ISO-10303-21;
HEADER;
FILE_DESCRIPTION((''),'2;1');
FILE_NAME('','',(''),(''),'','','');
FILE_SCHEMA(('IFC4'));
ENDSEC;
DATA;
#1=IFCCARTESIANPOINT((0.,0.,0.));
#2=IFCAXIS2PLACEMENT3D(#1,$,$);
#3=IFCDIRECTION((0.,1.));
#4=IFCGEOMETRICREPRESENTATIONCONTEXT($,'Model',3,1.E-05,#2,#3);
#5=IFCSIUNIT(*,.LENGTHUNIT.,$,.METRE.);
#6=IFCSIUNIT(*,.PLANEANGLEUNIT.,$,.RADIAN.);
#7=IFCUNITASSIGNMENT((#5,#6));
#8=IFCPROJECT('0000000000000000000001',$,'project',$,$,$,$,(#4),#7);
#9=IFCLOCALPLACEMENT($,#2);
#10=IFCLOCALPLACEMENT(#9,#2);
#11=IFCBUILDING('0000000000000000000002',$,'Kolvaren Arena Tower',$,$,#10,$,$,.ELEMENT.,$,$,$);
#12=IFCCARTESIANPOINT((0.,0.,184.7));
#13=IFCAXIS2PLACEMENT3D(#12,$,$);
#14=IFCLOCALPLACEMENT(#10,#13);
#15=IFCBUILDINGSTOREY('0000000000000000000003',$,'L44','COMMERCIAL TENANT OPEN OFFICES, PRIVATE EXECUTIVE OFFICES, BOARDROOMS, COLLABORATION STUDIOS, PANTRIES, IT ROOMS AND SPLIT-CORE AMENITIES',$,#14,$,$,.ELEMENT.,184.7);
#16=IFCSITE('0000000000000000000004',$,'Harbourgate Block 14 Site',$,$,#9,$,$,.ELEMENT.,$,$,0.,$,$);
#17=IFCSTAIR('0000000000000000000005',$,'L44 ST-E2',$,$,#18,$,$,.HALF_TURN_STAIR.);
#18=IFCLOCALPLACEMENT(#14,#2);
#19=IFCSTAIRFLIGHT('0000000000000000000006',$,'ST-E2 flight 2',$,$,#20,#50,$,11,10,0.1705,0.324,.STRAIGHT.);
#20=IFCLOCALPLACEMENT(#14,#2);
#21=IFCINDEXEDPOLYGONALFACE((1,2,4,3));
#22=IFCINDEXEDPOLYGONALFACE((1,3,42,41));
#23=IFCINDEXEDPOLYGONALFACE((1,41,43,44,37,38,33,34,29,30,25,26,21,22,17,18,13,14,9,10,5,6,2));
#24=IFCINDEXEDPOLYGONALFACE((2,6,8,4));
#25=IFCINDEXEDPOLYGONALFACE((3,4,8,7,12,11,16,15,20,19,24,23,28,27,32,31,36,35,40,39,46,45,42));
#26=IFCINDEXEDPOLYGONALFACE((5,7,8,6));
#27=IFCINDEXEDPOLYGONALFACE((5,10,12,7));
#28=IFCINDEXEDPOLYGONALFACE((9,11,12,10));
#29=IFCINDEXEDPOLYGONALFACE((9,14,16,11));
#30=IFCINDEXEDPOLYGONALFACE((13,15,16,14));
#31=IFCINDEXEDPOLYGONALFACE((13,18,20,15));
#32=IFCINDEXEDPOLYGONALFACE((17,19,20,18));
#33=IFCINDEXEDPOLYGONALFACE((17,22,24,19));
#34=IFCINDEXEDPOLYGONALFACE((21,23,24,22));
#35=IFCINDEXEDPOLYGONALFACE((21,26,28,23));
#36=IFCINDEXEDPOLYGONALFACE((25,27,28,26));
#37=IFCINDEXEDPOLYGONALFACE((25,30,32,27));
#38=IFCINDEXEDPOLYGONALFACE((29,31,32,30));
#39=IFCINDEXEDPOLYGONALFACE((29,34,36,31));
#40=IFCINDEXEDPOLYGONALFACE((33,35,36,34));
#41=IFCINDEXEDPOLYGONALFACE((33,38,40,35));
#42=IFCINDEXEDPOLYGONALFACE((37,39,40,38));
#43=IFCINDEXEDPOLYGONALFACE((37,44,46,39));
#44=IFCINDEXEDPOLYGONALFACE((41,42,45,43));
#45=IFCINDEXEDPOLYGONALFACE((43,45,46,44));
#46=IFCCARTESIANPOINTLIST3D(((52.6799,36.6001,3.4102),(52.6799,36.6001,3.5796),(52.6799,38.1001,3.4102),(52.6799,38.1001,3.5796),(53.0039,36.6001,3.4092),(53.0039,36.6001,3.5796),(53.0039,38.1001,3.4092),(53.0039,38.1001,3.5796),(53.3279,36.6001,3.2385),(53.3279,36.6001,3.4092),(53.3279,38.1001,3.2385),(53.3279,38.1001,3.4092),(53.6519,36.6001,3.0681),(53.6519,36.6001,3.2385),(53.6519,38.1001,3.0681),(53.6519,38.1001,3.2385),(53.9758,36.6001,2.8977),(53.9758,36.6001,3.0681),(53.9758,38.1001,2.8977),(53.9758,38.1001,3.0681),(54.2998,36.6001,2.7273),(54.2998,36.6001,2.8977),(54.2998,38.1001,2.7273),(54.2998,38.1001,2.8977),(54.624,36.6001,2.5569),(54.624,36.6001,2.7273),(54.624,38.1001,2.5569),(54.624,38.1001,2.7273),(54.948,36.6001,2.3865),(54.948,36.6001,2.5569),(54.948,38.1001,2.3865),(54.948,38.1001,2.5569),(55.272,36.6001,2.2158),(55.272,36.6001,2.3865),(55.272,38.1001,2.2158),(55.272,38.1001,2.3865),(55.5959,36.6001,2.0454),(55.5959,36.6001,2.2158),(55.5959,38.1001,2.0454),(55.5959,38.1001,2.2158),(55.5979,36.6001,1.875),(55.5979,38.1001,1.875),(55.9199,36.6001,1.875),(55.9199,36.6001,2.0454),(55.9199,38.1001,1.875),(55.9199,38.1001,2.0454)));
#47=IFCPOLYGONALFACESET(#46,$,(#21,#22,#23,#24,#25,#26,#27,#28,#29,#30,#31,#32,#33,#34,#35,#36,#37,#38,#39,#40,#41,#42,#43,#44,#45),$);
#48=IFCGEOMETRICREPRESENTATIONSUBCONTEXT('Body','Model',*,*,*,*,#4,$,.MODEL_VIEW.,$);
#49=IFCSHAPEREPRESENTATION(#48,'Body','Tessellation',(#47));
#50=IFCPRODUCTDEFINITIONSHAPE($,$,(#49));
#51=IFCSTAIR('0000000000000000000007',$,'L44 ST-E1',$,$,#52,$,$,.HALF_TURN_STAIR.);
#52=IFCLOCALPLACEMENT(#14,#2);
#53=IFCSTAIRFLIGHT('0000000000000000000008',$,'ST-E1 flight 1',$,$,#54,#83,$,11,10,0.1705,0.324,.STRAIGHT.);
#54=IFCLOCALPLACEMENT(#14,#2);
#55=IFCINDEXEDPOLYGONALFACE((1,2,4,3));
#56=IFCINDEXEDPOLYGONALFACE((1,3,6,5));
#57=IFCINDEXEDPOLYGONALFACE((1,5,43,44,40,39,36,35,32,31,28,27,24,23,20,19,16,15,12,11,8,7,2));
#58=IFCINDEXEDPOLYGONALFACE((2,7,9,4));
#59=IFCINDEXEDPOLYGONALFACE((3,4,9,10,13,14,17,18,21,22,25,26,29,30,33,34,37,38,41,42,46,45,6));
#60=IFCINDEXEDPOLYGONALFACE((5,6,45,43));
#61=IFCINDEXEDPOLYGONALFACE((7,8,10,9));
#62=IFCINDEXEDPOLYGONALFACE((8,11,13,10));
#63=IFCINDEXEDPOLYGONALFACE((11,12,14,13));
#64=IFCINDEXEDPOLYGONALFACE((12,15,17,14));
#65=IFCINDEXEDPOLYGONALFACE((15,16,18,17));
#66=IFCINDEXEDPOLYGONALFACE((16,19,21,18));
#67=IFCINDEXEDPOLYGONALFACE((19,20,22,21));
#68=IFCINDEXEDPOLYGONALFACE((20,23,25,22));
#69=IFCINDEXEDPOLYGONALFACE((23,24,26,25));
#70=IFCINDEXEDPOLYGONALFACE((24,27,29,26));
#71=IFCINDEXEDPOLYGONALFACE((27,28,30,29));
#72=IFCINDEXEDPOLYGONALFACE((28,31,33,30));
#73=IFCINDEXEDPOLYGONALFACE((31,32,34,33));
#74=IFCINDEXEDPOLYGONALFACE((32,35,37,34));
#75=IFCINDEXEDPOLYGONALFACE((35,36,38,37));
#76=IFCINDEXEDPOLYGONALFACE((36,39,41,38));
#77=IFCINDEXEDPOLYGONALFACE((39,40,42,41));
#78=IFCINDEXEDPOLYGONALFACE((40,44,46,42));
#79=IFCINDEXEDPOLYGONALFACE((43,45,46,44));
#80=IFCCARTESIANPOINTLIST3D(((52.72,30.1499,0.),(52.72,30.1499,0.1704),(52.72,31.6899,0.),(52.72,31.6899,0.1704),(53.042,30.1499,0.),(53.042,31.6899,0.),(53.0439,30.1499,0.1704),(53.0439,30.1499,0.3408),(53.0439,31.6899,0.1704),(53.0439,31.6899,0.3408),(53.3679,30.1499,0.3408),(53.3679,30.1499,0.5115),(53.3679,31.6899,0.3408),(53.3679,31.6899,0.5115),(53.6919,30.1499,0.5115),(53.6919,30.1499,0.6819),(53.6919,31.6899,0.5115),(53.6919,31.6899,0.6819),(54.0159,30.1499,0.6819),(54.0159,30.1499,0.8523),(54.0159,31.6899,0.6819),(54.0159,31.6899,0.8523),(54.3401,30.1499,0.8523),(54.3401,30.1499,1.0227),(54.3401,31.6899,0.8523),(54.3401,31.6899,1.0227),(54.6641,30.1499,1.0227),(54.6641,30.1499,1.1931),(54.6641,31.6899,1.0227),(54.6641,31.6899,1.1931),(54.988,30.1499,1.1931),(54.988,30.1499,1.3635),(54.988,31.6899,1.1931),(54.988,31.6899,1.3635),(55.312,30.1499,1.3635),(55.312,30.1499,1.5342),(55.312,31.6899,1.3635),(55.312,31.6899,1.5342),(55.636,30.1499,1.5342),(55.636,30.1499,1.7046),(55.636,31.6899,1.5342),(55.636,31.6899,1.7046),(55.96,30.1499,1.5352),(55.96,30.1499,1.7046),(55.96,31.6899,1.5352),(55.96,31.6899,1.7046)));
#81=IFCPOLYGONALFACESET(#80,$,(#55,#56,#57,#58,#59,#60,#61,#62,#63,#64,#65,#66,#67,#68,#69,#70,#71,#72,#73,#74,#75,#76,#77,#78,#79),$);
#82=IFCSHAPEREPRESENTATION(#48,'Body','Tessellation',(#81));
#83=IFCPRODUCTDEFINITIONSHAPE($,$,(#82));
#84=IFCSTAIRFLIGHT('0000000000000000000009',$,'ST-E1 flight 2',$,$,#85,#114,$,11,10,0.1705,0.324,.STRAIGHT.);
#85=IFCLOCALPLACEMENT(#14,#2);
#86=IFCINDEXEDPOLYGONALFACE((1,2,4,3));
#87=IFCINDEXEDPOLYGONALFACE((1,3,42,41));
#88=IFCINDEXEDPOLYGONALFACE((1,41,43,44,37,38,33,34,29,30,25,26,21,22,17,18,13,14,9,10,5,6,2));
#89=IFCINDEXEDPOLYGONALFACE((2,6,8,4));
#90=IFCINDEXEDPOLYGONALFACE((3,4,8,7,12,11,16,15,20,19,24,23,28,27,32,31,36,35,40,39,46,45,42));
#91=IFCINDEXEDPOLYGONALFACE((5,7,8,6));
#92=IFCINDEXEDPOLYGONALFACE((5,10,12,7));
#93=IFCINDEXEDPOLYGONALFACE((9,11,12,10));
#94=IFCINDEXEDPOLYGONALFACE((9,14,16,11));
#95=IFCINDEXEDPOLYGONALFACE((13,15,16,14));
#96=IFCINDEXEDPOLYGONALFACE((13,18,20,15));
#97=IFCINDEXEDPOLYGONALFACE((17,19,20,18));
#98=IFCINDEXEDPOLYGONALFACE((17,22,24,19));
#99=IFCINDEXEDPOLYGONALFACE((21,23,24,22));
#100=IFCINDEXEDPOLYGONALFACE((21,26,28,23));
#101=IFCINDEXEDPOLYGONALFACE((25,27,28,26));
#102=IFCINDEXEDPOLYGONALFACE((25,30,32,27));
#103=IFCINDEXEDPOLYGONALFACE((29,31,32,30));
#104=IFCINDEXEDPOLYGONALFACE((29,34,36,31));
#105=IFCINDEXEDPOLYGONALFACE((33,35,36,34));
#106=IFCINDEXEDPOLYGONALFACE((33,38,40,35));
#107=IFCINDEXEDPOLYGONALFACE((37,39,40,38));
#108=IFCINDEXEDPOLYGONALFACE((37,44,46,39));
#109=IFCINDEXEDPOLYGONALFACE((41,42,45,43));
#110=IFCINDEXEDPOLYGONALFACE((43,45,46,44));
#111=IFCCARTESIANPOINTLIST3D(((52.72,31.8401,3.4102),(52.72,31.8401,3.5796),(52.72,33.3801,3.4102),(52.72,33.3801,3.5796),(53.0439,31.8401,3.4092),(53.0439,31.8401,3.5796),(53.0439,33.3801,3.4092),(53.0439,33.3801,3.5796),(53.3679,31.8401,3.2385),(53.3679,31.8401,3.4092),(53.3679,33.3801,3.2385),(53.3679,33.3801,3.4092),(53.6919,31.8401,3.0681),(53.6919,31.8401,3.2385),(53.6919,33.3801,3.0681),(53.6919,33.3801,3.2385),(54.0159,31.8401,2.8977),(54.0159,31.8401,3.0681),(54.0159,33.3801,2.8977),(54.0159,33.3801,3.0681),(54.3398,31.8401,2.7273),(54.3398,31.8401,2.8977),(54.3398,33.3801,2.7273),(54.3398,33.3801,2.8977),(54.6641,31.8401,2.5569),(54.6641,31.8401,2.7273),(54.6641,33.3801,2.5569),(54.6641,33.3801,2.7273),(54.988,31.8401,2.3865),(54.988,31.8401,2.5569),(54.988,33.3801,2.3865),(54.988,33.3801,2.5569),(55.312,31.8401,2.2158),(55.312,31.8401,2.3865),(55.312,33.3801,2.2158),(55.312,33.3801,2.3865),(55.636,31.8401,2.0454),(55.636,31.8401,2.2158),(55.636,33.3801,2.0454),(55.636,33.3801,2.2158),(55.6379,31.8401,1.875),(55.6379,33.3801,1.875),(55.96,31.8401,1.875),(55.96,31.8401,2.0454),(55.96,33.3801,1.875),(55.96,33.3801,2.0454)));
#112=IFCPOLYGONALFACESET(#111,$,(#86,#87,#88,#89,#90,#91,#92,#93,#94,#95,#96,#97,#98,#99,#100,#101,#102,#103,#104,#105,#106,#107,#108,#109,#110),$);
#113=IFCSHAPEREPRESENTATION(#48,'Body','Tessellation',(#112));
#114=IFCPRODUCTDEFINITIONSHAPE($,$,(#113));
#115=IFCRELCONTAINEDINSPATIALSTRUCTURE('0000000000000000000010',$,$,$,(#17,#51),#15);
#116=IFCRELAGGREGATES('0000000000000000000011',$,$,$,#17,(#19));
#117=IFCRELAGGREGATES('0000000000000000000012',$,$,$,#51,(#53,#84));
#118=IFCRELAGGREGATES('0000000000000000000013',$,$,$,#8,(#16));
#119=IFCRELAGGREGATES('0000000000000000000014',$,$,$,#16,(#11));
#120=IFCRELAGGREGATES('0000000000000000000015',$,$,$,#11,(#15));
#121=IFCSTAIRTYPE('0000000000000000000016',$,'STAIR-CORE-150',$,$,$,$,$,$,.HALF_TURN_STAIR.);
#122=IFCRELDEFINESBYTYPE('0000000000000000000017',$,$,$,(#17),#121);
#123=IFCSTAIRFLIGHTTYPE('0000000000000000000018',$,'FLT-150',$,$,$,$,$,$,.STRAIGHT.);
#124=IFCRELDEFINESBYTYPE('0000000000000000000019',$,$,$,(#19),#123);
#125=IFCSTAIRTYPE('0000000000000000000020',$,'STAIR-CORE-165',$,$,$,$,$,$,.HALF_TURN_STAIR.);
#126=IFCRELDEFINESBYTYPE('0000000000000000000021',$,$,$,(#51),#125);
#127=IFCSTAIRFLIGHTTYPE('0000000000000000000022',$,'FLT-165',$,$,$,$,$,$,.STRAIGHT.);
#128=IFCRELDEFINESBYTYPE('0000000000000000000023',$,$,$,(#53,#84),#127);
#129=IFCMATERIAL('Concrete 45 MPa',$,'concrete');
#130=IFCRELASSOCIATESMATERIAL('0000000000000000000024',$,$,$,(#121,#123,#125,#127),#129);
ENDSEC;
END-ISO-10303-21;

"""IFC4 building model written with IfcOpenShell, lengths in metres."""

from ifc_helpers import new_model, si_unit, direction, frame, origin, place, context, subcontext, project, spatial, polyline, outline, extrude, material, type_object, element, aggregate, save


model = new_model("IFC4")

# Units and contexts
model_context = context("Model", 3, precision=1e-05, world=origin(), true_north=direction((0.0, 1.0)))
body_context = subcontext(model_context, "Body", "Model", "MODEL_VIEW")
ifc_project = project(units=[si_unit("LENGTHUNIT", "METRE"), si_unit("PLANEANGLEUNIT", "RADIAN")], contexts=[model_context])

# Site, building, storey
site_placement = place(None, origin())
site = spatial("IfcSite", under=ifc_project, at=site_placement, Name="Harbourgate Block 14 Site", CompositionType="ELEMENT", RefElevation=0.0)
building_placement = place(site_placement, origin())
building = spatial("IfcBuilding", under=site, at=building_placement, Name="Kolvaren Arena Tower", CompositionType="ELEMENT")
storey_placement = place(building_placement, frame((0.0, 0.0, 184.7)))
storey = spatial("IfcBuildingStorey", under=building, at=storey_placement, Name="L44", Description="COMMERCIAL TENANT OPEN OFFICES, PRIVATE EXECUTIVE OFFICES, BOARDROOMS, COLLABORATION STUDIOS, PANTRIES, IT ROOMS AND SPLIT-CORE AMENITIES", CompositionType="ELEMENT", Elevation=184.7)

# Shared definitions
ifc_material_1 = material(Name="Concrete 45 MPa", Category="concrete")

# Stair, stair flight
stair_type_1 = type_object("IfcStairType", Name="STAIR-CORE-150", PredefinedType="HALF_TURN_STAIR", material=ifc_material_1)
stair_1_placement = place(storey_placement, origin())
stair_1 = element("IfcStair", 1, at=stair_1_placement, inside=storey, type_object=stair_type_1, Name="L44 ST-E2", PredefinedType="HALF_TURN_STAIR")
stair_flight_type_1 = type_object("IfcStairFlightType", Name="FLT-150", PredefinedType="STRAIGHT", material=ifc_material_1)
stair_flight_1_placement = place(storey_placement, frame((55.9199, 37.3501, 1.875), z_axis=(0.0, 0.0, 1.0), x_axis=(-1.0, 0.0, 0.0)))
stair_flight_1 = element("IfcStairFlight", 2, at=stair_flight_1_placement, type_object=stair_flight_type_1, Name="ST-E2 flight 2", NumberOfRisers=11, NumberOfTreads=10, PredefinedType="STRAIGHT", RiserHeight=0.1705, TreadLength=0.324, context=body_context, shape_type="SweptSolid", body=[
    extrude(outline(polyline([(0.0, 0.0), (0.0, 0.1704), (0.324, 0.1704), (0.324, 0.3408), (0.6479, 0.3408), (0.6479, 0.5115), (0.9719, 0.5115), (0.9719, 0.6819), (1.2959, 0.6819), (1.2959, 0.8523), (1.6201, 0.8523), (1.6201, 1.0227), (1.9441, 1.0227), (1.9441, 1.1931), (2.2681, 1.1931), (2.2681, 1.3635), (2.592, 1.3635), (2.592, 1.5342), (2.916, 1.5342), (2.916, 1.7046), (3.24, 1.7046), (3.24, 1.875), (3.24, 1.5352), (0.322, 0.0), (0.0, 0.0)])), frame((0.0, 0.75, 0.0), z_axis=(0.0, -1.0, 0.0), x_axis=(1.0, 0.0, 0.0)), (0.0, 0.0, 1.0), 1.5),
])
aggregate(stair_1, [stair_flight_1])

# Stair, stair flights
stair_type_2 = type_object("IfcStairType", Name="STAIR-CORE-165", PredefinedType="HALF_TURN_STAIR", material=ifc_material_1)
stair_2_placement = place(storey_placement, origin())
stair_2 = element("IfcStair", 3, at=stair_2_placement, inside=storey, type_object=stair_type_2, Name="L44 ST-E1", PredefinedType="HALF_TURN_STAIR")
stair_flight_type_2 = type_object("IfcStairFlightType", Name="FLT-165", PredefinedType="STRAIGHT", material=ifc_material_1)
stair_flight_2_placement = place(storey_placement, frame((52.72, 30.9199, 0.0), z_axis=(0.0, 0.0, 1.0), x_axis=(1.0, 0.0, 0.0)))
stair_flight_2 = element("IfcStairFlight", 4, at=stair_flight_2_placement, type_object=stair_flight_type_2, Name="ST-E1 flight 1", NumberOfRisers=11, NumberOfTreads=10, PredefinedType="STRAIGHT", RiserHeight=0.1705, TreadLength=0.324, context=body_context, shape_type="SweptSolid", body=[
    extrude(outline(polyline([(0.0, 0.0), (0.0, 0.1704), (0.324, 0.1704), (0.324, 0.3408), (0.6479, 0.3408), (0.6479, 0.5115), (0.9719, 0.5115), (0.9719, 0.6819), (1.2959, 0.6819), (1.2959, 0.8523), (1.6201, 0.8523), (1.6201, 1.0227), (1.9441, 1.0227), (1.9441, 1.1931), (2.2681, 1.1931), (2.2681, 1.3635), (2.592, 1.3635), (2.592, 1.5342), (2.916, 1.5342), (2.916, 1.7046), (3.24, 1.7046), (3.24, 1.875), (3.24, 1.5352), (0.322, 0.0), (0.0, 0.0)])), frame((0.0, 0.77, 0.0), z_axis=(0.0, -1.0, 0.0), x_axis=(1.0, 0.0, 0.0)), (0.0, 0.0, 1.0), 1.54),
])
stair_flight_3_placement = place(storey_placement, frame((55.96, 32.6101, 1.875), z_axis=(0.0, 0.0, 1.0), x_axis=(-1.0, 0.0, 0.0)))
stair_flight_3 = element("IfcStairFlight", 5, at=stair_flight_3_placement, type_object=stair_flight_type_2, Name="ST-E1 flight 2", NumberOfRisers=11, NumberOfTreads=10, PredefinedType="STRAIGHT", RiserHeight=0.1705, TreadLength=0.324, context=body_context, shape_type="SweptSolid", body=[
    extrude(outline(polyline([(0.0, 0.0), (0.0, 0.1704), (0.324, 0.1704), (0.324, 0.3408), (0.6479, 0.3408), (0.6479, 0.5115), (0.9719, 0.5115), (0.9719, 0.6819), (1.2959, 0.6819), (1.2959, 0.8523), (1.6201, 0.8523), (1.6201, 1.0227), (1.9441, 1.0227), (1.9441, 1.1931), (2.2681, 1.1931), (2.2681, 1.3635), (2.592, 1.3635), (2.592, 1.5342), (2.916, 1.5342), (2.916, 1.7046), (3.24, 1.7046), (3.24, 1.875), (3.24, 1.5352), (0.322, 0.0), (0.0, 0.0)])), frame((0.0, 0.77, 0.0), z_axis=(0.0, -1.0, 0.0), x_axis=(1.0, 0.0, 0.0)), (0.0, 0.0, 1.0), 1.54),
])
aggregate(stair_2, [stair_flight_2, stair_flight_3])

save(model, "model.ifc")
